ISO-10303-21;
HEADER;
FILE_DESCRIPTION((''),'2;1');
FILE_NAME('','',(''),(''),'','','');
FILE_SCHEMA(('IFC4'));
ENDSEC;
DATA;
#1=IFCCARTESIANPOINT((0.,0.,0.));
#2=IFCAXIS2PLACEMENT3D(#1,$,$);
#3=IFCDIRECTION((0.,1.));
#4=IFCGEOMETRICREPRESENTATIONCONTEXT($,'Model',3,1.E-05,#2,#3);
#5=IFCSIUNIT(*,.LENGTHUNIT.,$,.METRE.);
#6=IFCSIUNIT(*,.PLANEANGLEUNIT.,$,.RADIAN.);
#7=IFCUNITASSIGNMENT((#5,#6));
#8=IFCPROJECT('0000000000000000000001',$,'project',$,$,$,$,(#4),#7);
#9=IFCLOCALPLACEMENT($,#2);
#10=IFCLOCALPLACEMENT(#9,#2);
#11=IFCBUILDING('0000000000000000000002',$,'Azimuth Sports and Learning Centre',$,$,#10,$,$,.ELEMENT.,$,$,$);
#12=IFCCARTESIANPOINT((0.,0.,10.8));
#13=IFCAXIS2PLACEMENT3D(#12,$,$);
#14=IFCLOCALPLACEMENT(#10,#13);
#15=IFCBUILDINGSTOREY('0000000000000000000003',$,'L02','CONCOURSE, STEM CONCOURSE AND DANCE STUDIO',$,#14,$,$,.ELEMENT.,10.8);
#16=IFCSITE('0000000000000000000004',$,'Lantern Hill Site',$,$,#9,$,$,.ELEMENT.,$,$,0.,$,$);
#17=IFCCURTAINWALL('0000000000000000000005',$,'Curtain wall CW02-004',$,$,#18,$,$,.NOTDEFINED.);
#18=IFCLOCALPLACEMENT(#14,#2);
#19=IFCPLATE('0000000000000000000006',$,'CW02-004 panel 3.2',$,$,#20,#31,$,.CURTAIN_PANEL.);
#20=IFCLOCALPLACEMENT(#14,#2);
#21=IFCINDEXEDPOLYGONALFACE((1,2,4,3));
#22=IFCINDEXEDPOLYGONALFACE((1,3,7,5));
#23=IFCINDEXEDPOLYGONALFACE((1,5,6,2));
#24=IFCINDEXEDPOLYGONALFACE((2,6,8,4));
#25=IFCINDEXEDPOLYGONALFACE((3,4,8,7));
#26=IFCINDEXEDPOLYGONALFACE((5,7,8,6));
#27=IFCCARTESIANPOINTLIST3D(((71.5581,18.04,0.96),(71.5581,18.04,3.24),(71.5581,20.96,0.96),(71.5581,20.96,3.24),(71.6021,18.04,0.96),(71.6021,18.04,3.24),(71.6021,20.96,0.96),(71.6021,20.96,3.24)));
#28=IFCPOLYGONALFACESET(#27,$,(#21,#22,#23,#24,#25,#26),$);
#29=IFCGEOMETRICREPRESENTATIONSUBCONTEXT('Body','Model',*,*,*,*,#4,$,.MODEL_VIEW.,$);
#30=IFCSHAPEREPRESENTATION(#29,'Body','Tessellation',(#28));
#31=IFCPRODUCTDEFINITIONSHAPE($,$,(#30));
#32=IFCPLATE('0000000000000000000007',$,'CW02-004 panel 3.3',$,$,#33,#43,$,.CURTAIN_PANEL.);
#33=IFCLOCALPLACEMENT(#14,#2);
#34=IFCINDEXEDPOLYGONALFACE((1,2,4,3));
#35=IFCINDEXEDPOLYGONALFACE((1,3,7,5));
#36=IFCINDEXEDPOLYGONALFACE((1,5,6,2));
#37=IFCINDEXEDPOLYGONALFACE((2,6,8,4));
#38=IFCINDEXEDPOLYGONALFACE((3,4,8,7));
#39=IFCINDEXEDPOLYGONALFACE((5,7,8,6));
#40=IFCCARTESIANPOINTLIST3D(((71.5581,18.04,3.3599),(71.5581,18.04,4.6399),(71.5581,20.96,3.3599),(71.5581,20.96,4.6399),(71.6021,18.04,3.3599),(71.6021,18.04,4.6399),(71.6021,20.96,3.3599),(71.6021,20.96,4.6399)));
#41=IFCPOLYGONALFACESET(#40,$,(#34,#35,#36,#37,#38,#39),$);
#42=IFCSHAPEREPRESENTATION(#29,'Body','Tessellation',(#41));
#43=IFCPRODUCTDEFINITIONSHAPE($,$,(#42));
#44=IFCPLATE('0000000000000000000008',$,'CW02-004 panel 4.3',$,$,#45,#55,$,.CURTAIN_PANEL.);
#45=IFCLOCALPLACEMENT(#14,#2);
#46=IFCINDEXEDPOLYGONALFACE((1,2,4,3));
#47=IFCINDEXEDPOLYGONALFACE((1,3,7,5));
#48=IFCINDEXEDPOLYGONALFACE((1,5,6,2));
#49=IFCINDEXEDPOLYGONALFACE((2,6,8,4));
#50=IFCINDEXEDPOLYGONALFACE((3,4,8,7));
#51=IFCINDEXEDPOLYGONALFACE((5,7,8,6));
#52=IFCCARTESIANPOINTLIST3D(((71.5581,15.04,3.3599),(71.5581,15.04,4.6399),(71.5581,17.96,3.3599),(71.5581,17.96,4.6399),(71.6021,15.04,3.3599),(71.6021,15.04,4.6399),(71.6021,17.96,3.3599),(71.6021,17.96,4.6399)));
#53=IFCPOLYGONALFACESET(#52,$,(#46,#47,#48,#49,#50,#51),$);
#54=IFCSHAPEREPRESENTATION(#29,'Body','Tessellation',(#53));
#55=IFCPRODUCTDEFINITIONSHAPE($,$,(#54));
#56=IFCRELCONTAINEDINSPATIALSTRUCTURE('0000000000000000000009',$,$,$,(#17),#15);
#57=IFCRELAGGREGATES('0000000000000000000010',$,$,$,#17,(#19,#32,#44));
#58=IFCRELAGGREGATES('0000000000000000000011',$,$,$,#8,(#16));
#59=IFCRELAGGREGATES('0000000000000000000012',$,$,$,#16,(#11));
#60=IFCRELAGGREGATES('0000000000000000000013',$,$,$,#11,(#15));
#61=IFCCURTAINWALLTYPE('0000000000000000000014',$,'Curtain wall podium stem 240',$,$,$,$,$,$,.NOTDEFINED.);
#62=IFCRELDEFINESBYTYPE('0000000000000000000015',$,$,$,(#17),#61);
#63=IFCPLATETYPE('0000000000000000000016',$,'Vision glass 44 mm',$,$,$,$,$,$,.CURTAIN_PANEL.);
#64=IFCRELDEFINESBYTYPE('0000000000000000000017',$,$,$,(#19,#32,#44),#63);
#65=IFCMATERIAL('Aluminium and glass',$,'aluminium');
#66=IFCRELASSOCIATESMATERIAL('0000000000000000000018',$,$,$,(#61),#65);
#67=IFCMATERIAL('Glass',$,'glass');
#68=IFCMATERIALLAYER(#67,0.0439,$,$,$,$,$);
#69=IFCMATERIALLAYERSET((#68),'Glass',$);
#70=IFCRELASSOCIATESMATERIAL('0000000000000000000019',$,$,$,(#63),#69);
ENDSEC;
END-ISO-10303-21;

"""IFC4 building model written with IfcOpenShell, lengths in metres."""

from ifc_helpers import new_model, si_unit, direction, frame, origin, origin_2d, place, context, subcontext, project, spatial, rectangle, extrude, material, layer, layer_set, type_object, element, aggregate, save


model = new_model("IFC4")

# Units and contexts
model_context = context("Model", 3, precision=1e-05, world=origin(), true_north=direction((0.0, 1.0)))
body_context = subcontext(model_context, "Body", "Model", "MODEL_VIEW")
ifc_project = project(units=[si_unit("LENGTHUNIT", "METRE"), si_unit("PLANEANGLEUNIT", "RADIAN")], contexts=[model_context])

# Site, building, storey
site_placement = place(None, origin())
site = spatial("IfcSite", under=ifc_project, at=site_placement, Name="Lantern Hill Site", CompositionType="ELEMENT", RefElevation=0.0)
building_placement = place(site_placement, origin())
building = spatial("IfcBuilding", under=site, at=building_placement, Name="Azimuth Sports and Learning Centre", CompositionType="ELEMENT")
storey_placement = place(building_placement, frame((0.0, 0.0, 10.8)))
storey = spatial("IfcBuildingStorey", under=building, at=storey_placement, Name="L02", Description="CONCOURSE, STEM CONCOURSE AND DANCE STUDIO", CompositionType="ELEMENT", Elevation=10.8)

# Curtain wall, plates
ifc_material_1 = material(Name="Aluminium and glass", Category="aluminium")
curtain_wall_type = type_object("IfcCurtainWallType", Name="Curtain wall podium stem 240", PredefinedType="NOTDEFINED", material=ifc_material_1)
curtain_wall_placement = place(storey_placement, origin())
curtain_wall = element("IfcCurtainWall", 1, at=curtain_wall_placement, inside=storey, type_object=curtain_wall_type, Name="Curtain wall CW02-004", PredefinedType="NOTDEFINED")
ifc_material_2 = material(Name="Glass", Category="glass")
ifc_layer_1 = layer(ifc_material_2, 0.0439)
ifc_layer_set_1 = layer_set([ifc_layer_1], Name="Glass")
plate_type_1 = type_object("IfcPlateType", Name="Vision glass 44 mm", PredefinedType="CURTAIN_PANEL", material=ifc_layer_set_1)
plate_1_placement = place(storey_placement, frame((71.5801, 19.5, 0.96), z_axis=(0.0, 0.0, 1.0), x_axis=(0.0, -1.0, 0.0)))
plate_1 = element("IfcPlate", 2, at=plate_1_placement, type_object=plate_type_1, Name="CW02-004 panel 3.2", PredefinedType="CURTAIN_PANEL", context=body_context, shape_type="SweptSolid", body=[
    extrude(rectangle(XDim=2.9199, YDim=0.0439, at=origin_2d()), origin(), (0.0, 0.0, 1.0), 2.28),
])
plate_2_placement = place(storey_placement, frame((71.5801, 19.5, 3.3599), z_axis=(0.0, 0.0, 1.0), x_axis=(0.0, -1.0, 0.0)))
plate_2 = element("IfcPlate", 3, at=plate_2_placement, type_object=plate_type_1, Name="CW02-004 panel 3.3", PredefinedType="CURTAIN_PANEL", context=body_context, shape_type="SweptSolid", body=[
    extrude(rectangle(XDim=2.9199, YDim=0.0439, at=origin_2d()), origin(), (0.0, 0.0, 1.0), 1.28),
])
plate_3_placement = place(storey_placement, frame((71.5801, 16.5, 3.3599), z_axis=(0.0, 0.0, 1.0), x_axis=(0.0, -1.0, 0.0)))
plate_3 = element("IfcPlate", 4, at=plate_3_placement, type_object=plate_type_1, Name="CW02-004 panel 4.3", PredefinedType="CURTAIN_PANEL", context=body_context, shape_type="SweptSolid", body=[
    extrude(rectangle(XDim=2.9199, YDim=0.0439, at=origin_2d()), origin(), (0.0, 0.0, 1.0), 1.28),
])
aggregate(curtain_wall, [plate_1, plate_2, plate_3])

save(model, "model.ifc")
